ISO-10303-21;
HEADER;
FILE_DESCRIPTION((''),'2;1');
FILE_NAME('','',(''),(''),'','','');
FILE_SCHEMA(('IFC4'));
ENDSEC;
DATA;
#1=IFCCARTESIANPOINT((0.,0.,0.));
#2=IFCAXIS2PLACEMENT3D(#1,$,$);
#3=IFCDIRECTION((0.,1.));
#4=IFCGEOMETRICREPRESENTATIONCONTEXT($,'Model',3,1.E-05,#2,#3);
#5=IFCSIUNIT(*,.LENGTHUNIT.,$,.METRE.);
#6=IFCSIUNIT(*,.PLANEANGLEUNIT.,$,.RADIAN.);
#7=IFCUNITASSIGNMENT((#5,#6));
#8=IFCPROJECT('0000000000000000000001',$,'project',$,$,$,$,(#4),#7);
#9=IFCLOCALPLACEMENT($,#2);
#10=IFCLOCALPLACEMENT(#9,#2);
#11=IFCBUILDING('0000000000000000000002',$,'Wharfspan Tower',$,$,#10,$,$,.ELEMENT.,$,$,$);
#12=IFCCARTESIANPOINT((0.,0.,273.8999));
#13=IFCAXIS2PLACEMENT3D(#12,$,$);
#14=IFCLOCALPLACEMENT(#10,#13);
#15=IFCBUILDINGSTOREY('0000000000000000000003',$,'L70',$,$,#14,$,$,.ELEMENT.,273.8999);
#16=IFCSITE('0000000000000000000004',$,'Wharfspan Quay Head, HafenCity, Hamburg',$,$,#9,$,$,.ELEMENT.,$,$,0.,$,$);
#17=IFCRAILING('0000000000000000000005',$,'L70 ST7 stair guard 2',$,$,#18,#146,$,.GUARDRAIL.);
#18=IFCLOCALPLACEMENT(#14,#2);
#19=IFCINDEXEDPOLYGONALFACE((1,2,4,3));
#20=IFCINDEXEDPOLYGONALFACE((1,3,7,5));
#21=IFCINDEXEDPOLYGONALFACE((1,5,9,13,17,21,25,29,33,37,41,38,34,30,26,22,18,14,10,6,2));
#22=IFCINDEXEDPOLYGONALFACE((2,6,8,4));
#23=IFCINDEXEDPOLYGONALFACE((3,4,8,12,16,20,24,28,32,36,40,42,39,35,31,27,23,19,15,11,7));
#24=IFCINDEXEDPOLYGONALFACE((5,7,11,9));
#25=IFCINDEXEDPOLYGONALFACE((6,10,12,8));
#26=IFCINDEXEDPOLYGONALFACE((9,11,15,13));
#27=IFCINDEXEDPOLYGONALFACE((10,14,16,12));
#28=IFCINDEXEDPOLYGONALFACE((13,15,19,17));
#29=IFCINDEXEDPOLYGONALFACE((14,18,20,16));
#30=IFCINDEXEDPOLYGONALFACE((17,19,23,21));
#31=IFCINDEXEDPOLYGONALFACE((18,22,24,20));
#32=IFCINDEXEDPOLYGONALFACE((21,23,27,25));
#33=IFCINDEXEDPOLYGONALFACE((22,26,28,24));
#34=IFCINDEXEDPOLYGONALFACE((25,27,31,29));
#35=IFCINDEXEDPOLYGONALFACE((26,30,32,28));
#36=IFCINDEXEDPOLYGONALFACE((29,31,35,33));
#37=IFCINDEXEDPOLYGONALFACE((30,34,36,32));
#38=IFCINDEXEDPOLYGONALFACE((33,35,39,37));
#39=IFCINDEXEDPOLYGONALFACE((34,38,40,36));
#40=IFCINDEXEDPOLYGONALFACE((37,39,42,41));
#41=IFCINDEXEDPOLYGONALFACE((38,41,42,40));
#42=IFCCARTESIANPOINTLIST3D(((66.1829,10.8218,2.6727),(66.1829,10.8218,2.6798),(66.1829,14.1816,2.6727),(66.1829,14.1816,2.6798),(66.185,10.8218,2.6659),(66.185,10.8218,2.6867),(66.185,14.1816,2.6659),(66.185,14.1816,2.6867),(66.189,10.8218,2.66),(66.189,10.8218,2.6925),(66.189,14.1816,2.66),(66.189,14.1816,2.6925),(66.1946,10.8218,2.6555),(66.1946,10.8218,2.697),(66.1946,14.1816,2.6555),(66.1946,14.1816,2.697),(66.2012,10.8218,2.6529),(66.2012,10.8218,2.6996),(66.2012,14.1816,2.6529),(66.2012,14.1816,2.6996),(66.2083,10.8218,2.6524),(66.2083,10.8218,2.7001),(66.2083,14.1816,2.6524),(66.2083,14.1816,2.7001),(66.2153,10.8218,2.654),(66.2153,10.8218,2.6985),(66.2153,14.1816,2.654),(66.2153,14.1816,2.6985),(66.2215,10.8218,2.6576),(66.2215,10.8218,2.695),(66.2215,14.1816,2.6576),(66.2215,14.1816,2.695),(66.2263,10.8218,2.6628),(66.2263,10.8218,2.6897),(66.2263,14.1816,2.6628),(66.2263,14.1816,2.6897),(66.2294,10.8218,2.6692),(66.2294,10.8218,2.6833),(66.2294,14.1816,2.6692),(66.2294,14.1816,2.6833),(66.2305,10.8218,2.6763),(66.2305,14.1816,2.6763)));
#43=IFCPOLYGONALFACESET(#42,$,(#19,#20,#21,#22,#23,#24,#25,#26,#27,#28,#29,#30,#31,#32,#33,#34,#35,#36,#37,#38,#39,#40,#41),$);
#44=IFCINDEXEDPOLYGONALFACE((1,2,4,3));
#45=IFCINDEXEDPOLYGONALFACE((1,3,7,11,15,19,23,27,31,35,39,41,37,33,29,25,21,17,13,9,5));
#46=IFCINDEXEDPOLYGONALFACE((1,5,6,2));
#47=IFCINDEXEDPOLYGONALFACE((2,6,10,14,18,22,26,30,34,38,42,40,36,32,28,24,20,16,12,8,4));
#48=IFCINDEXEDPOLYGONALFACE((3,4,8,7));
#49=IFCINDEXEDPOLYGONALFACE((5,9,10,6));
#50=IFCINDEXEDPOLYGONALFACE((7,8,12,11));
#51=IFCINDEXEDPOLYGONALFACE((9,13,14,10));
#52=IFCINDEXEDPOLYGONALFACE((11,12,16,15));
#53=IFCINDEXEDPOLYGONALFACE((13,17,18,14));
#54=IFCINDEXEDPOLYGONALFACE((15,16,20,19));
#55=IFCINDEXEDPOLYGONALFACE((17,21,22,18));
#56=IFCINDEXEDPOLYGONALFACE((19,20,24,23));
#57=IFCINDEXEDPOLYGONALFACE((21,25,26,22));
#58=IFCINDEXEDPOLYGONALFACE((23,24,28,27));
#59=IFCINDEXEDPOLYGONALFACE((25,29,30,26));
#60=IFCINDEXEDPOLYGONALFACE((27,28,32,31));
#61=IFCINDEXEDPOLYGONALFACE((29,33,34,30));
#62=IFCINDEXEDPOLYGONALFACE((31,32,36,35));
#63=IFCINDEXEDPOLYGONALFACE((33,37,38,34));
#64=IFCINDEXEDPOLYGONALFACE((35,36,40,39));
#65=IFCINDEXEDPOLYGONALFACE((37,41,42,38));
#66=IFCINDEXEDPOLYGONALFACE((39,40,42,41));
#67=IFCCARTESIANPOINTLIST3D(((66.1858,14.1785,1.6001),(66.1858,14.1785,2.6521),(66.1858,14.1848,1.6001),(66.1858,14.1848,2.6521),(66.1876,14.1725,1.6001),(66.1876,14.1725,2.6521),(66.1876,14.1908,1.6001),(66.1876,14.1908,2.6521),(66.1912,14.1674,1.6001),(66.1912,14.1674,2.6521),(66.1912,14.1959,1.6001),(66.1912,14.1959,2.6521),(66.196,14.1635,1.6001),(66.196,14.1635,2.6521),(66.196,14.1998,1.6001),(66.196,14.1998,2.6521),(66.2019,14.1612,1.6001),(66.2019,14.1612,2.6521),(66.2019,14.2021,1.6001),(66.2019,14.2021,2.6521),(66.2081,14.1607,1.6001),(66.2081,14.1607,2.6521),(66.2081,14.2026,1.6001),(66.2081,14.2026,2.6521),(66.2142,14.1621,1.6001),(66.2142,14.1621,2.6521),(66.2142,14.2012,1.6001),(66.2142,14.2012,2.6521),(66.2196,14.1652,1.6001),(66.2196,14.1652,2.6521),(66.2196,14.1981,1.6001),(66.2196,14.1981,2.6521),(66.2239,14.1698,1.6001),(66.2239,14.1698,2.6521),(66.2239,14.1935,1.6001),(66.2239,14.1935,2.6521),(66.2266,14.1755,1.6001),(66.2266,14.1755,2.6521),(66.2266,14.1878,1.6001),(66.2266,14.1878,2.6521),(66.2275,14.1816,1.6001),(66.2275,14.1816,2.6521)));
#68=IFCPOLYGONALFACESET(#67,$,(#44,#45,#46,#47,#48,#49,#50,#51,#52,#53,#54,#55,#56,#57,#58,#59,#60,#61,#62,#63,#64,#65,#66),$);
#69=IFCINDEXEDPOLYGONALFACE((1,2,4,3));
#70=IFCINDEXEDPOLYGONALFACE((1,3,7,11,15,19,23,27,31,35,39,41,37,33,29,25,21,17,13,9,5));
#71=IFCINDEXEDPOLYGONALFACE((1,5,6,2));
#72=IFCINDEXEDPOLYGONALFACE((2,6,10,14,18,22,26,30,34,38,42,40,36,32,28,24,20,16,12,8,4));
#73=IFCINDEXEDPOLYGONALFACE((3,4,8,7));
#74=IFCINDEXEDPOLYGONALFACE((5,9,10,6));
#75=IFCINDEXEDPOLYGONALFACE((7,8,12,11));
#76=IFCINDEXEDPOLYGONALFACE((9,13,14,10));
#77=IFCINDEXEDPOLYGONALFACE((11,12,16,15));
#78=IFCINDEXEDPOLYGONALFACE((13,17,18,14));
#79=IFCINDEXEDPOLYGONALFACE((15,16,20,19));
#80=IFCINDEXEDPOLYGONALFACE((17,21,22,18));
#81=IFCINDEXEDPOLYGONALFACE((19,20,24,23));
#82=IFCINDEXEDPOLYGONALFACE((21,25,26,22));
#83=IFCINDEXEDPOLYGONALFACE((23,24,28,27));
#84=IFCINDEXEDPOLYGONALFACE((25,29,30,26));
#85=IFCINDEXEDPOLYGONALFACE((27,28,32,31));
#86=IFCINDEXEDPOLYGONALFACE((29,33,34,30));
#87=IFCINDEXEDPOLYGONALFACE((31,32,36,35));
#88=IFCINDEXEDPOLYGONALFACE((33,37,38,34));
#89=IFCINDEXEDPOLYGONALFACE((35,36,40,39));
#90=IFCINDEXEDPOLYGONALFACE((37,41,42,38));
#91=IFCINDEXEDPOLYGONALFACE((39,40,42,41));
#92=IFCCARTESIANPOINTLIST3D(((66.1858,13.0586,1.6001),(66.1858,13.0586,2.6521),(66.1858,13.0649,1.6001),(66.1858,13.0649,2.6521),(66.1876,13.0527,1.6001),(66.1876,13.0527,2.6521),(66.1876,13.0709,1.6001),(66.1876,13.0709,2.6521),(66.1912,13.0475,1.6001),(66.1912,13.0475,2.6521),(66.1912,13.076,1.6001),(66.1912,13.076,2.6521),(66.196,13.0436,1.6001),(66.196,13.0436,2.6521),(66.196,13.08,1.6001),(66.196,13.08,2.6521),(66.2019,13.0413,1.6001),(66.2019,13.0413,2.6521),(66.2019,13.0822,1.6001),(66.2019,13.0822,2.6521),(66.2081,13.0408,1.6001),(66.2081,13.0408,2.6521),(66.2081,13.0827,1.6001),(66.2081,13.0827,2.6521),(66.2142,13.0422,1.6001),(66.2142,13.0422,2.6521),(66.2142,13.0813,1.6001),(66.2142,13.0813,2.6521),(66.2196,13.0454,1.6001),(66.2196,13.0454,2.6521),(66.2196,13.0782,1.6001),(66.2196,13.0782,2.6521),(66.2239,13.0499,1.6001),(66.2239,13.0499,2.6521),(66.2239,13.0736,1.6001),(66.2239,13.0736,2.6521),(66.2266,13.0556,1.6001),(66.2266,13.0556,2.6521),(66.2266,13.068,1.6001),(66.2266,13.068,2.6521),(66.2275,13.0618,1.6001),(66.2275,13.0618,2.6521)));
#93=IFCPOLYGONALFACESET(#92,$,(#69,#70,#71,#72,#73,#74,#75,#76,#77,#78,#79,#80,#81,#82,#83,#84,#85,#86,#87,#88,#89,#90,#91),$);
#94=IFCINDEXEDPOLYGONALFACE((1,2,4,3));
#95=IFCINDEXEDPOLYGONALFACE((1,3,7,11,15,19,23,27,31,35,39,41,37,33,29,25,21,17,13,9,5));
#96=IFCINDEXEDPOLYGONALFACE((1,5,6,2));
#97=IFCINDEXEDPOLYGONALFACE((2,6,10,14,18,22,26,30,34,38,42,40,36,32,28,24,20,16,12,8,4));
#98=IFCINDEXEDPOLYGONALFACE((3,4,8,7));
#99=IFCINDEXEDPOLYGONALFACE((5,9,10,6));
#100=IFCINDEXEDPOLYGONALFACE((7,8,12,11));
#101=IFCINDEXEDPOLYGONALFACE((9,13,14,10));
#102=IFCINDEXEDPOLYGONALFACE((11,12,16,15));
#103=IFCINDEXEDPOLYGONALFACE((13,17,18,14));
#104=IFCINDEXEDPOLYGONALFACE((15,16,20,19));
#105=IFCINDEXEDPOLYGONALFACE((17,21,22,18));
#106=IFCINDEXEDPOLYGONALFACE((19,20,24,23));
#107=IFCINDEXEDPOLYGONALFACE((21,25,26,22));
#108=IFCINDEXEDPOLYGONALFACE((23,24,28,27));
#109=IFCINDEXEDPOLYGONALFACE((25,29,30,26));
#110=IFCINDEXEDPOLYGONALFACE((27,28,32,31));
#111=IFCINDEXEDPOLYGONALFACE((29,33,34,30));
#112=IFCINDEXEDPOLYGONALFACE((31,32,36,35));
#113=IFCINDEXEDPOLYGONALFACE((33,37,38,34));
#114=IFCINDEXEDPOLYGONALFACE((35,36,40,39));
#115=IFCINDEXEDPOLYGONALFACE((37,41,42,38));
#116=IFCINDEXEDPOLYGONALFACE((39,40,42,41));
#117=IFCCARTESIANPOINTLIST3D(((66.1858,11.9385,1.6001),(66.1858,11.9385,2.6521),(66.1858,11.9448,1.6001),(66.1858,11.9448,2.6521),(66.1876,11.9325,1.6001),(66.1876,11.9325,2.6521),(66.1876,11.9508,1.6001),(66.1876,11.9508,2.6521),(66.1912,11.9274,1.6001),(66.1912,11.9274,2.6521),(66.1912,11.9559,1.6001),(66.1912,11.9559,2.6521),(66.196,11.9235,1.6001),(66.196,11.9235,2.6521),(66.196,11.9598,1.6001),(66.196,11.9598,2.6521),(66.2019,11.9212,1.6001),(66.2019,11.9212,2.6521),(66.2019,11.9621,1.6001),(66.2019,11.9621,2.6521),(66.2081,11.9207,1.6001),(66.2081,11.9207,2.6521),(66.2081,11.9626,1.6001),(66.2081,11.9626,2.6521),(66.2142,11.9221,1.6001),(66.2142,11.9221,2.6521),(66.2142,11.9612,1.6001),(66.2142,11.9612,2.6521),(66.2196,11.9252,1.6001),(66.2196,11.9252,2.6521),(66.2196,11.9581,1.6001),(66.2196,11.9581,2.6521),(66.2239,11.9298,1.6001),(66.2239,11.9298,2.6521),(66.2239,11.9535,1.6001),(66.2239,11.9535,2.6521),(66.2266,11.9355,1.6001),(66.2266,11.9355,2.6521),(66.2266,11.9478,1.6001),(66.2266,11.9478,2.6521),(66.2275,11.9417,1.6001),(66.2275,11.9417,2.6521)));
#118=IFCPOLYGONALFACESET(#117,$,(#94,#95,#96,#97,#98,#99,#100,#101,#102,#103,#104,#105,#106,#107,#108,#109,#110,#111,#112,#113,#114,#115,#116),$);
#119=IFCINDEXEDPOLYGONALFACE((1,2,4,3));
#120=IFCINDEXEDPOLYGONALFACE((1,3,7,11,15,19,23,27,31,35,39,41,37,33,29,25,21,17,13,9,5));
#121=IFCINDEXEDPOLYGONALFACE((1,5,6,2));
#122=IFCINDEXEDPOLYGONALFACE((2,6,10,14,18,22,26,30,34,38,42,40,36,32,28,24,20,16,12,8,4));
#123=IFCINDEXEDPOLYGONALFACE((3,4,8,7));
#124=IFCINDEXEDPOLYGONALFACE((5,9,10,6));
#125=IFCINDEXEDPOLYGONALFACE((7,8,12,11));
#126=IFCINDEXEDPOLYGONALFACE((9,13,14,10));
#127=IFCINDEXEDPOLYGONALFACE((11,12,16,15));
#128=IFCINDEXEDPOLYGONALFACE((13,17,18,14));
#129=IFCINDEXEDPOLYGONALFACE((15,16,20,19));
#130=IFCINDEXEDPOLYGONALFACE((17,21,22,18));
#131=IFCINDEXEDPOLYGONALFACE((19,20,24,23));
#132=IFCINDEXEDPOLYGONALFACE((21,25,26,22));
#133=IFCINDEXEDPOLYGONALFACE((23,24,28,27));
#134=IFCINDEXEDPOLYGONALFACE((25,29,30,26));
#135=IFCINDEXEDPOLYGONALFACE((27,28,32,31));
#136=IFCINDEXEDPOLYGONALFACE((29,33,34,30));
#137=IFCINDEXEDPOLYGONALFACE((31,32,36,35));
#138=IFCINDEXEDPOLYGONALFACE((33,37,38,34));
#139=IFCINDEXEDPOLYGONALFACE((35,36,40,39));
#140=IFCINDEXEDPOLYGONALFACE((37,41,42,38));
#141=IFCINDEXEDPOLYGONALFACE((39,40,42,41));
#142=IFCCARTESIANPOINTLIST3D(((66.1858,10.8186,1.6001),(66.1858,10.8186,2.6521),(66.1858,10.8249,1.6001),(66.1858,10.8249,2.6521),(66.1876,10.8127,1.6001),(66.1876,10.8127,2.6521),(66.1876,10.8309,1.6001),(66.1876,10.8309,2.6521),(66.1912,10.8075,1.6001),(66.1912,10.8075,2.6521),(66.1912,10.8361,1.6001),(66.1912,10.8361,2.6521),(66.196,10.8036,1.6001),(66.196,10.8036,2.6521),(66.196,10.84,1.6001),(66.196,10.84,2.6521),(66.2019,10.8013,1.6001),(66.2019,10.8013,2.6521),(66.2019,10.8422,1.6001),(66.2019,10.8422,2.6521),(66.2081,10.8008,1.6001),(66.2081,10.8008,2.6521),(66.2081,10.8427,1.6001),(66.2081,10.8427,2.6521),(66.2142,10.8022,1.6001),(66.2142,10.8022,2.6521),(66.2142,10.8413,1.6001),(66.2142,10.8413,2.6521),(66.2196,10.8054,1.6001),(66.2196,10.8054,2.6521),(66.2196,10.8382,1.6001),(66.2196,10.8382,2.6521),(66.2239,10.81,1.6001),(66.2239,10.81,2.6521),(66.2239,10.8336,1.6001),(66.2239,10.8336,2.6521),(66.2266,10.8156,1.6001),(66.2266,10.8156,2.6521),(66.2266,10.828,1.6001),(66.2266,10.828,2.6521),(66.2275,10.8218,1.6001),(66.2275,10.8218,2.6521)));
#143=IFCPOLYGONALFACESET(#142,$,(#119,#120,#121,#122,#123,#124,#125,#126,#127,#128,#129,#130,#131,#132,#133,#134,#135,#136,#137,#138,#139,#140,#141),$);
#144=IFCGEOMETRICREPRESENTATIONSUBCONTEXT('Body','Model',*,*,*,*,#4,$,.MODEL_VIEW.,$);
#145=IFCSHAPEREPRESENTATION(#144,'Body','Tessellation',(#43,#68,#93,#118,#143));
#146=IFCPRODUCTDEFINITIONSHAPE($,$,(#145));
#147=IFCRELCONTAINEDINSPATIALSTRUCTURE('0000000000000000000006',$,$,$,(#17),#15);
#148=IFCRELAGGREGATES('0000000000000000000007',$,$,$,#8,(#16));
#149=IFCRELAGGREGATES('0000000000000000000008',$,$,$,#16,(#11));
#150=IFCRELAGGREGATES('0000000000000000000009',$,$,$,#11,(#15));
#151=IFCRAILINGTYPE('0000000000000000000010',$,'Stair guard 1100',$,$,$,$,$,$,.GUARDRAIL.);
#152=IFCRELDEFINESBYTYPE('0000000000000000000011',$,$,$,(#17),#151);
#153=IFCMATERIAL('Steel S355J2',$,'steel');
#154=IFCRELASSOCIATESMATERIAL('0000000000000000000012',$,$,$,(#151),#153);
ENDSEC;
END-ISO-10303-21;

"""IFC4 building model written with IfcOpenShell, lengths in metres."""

from ifc_helpers import new_model, si_unit, direction, frame, origin, origin_2d, place, context, subcontext, project, spatial, circle, extrude, material, type_object, element, save


model = new_model("IFC4")

# Units and contexts
model_context = context("Model", 3, precision=1e-05, world=origin(), true_north=direction((0.0, 1.0)))
body_context = subcontext(model_context, "Body", "Model", "MODEL_VIEW")
ifc_project = project(units=[si_unit("LENGTHUNIT", "METRE"), si_unit("PLANEANGLEUNIT", "RADIAN")], contexts=[model_context])

# Site, building, storey
site_placement = place(None, origin())
site = spatial("IfcSite", under=ifc_project, at=site_placement, Name="Wharfspan Quay Head, HafenCity, Hamburg", CompositionType="ELEMENT", RefElevation=0.0)
building_placement = place(site_placement, origin())
building = spatial("IfcBuilding", under=site, at=building_placement, Name="Wharfspan Tower", CompositionType="ELEMENT")
storey_placement = place(building_placement, frame((0.0, 0.0, 273.8999)))
storey = spatial("IfcBuildingStorey", under=building, at=storey_placement, Name="L70", CompositionType="ELEMENT", Elevation=273.8999)

# Shared definitions
ifc_material_1 = material(Name="Steel S355J2", Category="steel")

# Railing
railing_type_1 = type_object("IfcRailingType", Name="Stair guard 1100", PredefinedType="GUARDRAIL", material=ifc_material_1)
for number, where, name in (
    (1, (66.2065, 14.1816, 1.6001), "L70 ST7 stair guard 2"),
):
    element("IfcRailing", number, at=place(storey_placement, frame(where)), inside=storey, type_object=railing_type_1, Name=name, PredefinedType="GUARDRAIL", context=body_context, shape_type="SweptSolid", body=[
        extrude(circle(Radius=0.0239, at=origin_2d()), frame((0.0, 0.0, 1.0762), z_axis=(0.0, -1.0, 0.0), x_axis=(1.0, 0.0, 0.0)), (0.0, 0.0, 1.0), 3.3599),
        extrude(circle(Radius=0.021, at=origin_2d()), origin(), (0.0, 0.0, 1.0), 1.052),
        extrude(circle(Radius=0.021, at=origin_2d()), frame((0.0, -1.1199, 0.0)), (0.0, 0.0, 1.0), 1.052),
        extrude(circle(Radius=0.021, at=origin_2d()), frame((0.0, -2.24, 0.0)), (0.0, 0.0, 1.0), 1.052),
        extrude(circle(Radius=0.021, at=origin_2d()), frame((0.0, -3.3599, 0.0)), (0.0, 0.0, 1.0), 1.052),
    ])

save(model, "model.ifc")
